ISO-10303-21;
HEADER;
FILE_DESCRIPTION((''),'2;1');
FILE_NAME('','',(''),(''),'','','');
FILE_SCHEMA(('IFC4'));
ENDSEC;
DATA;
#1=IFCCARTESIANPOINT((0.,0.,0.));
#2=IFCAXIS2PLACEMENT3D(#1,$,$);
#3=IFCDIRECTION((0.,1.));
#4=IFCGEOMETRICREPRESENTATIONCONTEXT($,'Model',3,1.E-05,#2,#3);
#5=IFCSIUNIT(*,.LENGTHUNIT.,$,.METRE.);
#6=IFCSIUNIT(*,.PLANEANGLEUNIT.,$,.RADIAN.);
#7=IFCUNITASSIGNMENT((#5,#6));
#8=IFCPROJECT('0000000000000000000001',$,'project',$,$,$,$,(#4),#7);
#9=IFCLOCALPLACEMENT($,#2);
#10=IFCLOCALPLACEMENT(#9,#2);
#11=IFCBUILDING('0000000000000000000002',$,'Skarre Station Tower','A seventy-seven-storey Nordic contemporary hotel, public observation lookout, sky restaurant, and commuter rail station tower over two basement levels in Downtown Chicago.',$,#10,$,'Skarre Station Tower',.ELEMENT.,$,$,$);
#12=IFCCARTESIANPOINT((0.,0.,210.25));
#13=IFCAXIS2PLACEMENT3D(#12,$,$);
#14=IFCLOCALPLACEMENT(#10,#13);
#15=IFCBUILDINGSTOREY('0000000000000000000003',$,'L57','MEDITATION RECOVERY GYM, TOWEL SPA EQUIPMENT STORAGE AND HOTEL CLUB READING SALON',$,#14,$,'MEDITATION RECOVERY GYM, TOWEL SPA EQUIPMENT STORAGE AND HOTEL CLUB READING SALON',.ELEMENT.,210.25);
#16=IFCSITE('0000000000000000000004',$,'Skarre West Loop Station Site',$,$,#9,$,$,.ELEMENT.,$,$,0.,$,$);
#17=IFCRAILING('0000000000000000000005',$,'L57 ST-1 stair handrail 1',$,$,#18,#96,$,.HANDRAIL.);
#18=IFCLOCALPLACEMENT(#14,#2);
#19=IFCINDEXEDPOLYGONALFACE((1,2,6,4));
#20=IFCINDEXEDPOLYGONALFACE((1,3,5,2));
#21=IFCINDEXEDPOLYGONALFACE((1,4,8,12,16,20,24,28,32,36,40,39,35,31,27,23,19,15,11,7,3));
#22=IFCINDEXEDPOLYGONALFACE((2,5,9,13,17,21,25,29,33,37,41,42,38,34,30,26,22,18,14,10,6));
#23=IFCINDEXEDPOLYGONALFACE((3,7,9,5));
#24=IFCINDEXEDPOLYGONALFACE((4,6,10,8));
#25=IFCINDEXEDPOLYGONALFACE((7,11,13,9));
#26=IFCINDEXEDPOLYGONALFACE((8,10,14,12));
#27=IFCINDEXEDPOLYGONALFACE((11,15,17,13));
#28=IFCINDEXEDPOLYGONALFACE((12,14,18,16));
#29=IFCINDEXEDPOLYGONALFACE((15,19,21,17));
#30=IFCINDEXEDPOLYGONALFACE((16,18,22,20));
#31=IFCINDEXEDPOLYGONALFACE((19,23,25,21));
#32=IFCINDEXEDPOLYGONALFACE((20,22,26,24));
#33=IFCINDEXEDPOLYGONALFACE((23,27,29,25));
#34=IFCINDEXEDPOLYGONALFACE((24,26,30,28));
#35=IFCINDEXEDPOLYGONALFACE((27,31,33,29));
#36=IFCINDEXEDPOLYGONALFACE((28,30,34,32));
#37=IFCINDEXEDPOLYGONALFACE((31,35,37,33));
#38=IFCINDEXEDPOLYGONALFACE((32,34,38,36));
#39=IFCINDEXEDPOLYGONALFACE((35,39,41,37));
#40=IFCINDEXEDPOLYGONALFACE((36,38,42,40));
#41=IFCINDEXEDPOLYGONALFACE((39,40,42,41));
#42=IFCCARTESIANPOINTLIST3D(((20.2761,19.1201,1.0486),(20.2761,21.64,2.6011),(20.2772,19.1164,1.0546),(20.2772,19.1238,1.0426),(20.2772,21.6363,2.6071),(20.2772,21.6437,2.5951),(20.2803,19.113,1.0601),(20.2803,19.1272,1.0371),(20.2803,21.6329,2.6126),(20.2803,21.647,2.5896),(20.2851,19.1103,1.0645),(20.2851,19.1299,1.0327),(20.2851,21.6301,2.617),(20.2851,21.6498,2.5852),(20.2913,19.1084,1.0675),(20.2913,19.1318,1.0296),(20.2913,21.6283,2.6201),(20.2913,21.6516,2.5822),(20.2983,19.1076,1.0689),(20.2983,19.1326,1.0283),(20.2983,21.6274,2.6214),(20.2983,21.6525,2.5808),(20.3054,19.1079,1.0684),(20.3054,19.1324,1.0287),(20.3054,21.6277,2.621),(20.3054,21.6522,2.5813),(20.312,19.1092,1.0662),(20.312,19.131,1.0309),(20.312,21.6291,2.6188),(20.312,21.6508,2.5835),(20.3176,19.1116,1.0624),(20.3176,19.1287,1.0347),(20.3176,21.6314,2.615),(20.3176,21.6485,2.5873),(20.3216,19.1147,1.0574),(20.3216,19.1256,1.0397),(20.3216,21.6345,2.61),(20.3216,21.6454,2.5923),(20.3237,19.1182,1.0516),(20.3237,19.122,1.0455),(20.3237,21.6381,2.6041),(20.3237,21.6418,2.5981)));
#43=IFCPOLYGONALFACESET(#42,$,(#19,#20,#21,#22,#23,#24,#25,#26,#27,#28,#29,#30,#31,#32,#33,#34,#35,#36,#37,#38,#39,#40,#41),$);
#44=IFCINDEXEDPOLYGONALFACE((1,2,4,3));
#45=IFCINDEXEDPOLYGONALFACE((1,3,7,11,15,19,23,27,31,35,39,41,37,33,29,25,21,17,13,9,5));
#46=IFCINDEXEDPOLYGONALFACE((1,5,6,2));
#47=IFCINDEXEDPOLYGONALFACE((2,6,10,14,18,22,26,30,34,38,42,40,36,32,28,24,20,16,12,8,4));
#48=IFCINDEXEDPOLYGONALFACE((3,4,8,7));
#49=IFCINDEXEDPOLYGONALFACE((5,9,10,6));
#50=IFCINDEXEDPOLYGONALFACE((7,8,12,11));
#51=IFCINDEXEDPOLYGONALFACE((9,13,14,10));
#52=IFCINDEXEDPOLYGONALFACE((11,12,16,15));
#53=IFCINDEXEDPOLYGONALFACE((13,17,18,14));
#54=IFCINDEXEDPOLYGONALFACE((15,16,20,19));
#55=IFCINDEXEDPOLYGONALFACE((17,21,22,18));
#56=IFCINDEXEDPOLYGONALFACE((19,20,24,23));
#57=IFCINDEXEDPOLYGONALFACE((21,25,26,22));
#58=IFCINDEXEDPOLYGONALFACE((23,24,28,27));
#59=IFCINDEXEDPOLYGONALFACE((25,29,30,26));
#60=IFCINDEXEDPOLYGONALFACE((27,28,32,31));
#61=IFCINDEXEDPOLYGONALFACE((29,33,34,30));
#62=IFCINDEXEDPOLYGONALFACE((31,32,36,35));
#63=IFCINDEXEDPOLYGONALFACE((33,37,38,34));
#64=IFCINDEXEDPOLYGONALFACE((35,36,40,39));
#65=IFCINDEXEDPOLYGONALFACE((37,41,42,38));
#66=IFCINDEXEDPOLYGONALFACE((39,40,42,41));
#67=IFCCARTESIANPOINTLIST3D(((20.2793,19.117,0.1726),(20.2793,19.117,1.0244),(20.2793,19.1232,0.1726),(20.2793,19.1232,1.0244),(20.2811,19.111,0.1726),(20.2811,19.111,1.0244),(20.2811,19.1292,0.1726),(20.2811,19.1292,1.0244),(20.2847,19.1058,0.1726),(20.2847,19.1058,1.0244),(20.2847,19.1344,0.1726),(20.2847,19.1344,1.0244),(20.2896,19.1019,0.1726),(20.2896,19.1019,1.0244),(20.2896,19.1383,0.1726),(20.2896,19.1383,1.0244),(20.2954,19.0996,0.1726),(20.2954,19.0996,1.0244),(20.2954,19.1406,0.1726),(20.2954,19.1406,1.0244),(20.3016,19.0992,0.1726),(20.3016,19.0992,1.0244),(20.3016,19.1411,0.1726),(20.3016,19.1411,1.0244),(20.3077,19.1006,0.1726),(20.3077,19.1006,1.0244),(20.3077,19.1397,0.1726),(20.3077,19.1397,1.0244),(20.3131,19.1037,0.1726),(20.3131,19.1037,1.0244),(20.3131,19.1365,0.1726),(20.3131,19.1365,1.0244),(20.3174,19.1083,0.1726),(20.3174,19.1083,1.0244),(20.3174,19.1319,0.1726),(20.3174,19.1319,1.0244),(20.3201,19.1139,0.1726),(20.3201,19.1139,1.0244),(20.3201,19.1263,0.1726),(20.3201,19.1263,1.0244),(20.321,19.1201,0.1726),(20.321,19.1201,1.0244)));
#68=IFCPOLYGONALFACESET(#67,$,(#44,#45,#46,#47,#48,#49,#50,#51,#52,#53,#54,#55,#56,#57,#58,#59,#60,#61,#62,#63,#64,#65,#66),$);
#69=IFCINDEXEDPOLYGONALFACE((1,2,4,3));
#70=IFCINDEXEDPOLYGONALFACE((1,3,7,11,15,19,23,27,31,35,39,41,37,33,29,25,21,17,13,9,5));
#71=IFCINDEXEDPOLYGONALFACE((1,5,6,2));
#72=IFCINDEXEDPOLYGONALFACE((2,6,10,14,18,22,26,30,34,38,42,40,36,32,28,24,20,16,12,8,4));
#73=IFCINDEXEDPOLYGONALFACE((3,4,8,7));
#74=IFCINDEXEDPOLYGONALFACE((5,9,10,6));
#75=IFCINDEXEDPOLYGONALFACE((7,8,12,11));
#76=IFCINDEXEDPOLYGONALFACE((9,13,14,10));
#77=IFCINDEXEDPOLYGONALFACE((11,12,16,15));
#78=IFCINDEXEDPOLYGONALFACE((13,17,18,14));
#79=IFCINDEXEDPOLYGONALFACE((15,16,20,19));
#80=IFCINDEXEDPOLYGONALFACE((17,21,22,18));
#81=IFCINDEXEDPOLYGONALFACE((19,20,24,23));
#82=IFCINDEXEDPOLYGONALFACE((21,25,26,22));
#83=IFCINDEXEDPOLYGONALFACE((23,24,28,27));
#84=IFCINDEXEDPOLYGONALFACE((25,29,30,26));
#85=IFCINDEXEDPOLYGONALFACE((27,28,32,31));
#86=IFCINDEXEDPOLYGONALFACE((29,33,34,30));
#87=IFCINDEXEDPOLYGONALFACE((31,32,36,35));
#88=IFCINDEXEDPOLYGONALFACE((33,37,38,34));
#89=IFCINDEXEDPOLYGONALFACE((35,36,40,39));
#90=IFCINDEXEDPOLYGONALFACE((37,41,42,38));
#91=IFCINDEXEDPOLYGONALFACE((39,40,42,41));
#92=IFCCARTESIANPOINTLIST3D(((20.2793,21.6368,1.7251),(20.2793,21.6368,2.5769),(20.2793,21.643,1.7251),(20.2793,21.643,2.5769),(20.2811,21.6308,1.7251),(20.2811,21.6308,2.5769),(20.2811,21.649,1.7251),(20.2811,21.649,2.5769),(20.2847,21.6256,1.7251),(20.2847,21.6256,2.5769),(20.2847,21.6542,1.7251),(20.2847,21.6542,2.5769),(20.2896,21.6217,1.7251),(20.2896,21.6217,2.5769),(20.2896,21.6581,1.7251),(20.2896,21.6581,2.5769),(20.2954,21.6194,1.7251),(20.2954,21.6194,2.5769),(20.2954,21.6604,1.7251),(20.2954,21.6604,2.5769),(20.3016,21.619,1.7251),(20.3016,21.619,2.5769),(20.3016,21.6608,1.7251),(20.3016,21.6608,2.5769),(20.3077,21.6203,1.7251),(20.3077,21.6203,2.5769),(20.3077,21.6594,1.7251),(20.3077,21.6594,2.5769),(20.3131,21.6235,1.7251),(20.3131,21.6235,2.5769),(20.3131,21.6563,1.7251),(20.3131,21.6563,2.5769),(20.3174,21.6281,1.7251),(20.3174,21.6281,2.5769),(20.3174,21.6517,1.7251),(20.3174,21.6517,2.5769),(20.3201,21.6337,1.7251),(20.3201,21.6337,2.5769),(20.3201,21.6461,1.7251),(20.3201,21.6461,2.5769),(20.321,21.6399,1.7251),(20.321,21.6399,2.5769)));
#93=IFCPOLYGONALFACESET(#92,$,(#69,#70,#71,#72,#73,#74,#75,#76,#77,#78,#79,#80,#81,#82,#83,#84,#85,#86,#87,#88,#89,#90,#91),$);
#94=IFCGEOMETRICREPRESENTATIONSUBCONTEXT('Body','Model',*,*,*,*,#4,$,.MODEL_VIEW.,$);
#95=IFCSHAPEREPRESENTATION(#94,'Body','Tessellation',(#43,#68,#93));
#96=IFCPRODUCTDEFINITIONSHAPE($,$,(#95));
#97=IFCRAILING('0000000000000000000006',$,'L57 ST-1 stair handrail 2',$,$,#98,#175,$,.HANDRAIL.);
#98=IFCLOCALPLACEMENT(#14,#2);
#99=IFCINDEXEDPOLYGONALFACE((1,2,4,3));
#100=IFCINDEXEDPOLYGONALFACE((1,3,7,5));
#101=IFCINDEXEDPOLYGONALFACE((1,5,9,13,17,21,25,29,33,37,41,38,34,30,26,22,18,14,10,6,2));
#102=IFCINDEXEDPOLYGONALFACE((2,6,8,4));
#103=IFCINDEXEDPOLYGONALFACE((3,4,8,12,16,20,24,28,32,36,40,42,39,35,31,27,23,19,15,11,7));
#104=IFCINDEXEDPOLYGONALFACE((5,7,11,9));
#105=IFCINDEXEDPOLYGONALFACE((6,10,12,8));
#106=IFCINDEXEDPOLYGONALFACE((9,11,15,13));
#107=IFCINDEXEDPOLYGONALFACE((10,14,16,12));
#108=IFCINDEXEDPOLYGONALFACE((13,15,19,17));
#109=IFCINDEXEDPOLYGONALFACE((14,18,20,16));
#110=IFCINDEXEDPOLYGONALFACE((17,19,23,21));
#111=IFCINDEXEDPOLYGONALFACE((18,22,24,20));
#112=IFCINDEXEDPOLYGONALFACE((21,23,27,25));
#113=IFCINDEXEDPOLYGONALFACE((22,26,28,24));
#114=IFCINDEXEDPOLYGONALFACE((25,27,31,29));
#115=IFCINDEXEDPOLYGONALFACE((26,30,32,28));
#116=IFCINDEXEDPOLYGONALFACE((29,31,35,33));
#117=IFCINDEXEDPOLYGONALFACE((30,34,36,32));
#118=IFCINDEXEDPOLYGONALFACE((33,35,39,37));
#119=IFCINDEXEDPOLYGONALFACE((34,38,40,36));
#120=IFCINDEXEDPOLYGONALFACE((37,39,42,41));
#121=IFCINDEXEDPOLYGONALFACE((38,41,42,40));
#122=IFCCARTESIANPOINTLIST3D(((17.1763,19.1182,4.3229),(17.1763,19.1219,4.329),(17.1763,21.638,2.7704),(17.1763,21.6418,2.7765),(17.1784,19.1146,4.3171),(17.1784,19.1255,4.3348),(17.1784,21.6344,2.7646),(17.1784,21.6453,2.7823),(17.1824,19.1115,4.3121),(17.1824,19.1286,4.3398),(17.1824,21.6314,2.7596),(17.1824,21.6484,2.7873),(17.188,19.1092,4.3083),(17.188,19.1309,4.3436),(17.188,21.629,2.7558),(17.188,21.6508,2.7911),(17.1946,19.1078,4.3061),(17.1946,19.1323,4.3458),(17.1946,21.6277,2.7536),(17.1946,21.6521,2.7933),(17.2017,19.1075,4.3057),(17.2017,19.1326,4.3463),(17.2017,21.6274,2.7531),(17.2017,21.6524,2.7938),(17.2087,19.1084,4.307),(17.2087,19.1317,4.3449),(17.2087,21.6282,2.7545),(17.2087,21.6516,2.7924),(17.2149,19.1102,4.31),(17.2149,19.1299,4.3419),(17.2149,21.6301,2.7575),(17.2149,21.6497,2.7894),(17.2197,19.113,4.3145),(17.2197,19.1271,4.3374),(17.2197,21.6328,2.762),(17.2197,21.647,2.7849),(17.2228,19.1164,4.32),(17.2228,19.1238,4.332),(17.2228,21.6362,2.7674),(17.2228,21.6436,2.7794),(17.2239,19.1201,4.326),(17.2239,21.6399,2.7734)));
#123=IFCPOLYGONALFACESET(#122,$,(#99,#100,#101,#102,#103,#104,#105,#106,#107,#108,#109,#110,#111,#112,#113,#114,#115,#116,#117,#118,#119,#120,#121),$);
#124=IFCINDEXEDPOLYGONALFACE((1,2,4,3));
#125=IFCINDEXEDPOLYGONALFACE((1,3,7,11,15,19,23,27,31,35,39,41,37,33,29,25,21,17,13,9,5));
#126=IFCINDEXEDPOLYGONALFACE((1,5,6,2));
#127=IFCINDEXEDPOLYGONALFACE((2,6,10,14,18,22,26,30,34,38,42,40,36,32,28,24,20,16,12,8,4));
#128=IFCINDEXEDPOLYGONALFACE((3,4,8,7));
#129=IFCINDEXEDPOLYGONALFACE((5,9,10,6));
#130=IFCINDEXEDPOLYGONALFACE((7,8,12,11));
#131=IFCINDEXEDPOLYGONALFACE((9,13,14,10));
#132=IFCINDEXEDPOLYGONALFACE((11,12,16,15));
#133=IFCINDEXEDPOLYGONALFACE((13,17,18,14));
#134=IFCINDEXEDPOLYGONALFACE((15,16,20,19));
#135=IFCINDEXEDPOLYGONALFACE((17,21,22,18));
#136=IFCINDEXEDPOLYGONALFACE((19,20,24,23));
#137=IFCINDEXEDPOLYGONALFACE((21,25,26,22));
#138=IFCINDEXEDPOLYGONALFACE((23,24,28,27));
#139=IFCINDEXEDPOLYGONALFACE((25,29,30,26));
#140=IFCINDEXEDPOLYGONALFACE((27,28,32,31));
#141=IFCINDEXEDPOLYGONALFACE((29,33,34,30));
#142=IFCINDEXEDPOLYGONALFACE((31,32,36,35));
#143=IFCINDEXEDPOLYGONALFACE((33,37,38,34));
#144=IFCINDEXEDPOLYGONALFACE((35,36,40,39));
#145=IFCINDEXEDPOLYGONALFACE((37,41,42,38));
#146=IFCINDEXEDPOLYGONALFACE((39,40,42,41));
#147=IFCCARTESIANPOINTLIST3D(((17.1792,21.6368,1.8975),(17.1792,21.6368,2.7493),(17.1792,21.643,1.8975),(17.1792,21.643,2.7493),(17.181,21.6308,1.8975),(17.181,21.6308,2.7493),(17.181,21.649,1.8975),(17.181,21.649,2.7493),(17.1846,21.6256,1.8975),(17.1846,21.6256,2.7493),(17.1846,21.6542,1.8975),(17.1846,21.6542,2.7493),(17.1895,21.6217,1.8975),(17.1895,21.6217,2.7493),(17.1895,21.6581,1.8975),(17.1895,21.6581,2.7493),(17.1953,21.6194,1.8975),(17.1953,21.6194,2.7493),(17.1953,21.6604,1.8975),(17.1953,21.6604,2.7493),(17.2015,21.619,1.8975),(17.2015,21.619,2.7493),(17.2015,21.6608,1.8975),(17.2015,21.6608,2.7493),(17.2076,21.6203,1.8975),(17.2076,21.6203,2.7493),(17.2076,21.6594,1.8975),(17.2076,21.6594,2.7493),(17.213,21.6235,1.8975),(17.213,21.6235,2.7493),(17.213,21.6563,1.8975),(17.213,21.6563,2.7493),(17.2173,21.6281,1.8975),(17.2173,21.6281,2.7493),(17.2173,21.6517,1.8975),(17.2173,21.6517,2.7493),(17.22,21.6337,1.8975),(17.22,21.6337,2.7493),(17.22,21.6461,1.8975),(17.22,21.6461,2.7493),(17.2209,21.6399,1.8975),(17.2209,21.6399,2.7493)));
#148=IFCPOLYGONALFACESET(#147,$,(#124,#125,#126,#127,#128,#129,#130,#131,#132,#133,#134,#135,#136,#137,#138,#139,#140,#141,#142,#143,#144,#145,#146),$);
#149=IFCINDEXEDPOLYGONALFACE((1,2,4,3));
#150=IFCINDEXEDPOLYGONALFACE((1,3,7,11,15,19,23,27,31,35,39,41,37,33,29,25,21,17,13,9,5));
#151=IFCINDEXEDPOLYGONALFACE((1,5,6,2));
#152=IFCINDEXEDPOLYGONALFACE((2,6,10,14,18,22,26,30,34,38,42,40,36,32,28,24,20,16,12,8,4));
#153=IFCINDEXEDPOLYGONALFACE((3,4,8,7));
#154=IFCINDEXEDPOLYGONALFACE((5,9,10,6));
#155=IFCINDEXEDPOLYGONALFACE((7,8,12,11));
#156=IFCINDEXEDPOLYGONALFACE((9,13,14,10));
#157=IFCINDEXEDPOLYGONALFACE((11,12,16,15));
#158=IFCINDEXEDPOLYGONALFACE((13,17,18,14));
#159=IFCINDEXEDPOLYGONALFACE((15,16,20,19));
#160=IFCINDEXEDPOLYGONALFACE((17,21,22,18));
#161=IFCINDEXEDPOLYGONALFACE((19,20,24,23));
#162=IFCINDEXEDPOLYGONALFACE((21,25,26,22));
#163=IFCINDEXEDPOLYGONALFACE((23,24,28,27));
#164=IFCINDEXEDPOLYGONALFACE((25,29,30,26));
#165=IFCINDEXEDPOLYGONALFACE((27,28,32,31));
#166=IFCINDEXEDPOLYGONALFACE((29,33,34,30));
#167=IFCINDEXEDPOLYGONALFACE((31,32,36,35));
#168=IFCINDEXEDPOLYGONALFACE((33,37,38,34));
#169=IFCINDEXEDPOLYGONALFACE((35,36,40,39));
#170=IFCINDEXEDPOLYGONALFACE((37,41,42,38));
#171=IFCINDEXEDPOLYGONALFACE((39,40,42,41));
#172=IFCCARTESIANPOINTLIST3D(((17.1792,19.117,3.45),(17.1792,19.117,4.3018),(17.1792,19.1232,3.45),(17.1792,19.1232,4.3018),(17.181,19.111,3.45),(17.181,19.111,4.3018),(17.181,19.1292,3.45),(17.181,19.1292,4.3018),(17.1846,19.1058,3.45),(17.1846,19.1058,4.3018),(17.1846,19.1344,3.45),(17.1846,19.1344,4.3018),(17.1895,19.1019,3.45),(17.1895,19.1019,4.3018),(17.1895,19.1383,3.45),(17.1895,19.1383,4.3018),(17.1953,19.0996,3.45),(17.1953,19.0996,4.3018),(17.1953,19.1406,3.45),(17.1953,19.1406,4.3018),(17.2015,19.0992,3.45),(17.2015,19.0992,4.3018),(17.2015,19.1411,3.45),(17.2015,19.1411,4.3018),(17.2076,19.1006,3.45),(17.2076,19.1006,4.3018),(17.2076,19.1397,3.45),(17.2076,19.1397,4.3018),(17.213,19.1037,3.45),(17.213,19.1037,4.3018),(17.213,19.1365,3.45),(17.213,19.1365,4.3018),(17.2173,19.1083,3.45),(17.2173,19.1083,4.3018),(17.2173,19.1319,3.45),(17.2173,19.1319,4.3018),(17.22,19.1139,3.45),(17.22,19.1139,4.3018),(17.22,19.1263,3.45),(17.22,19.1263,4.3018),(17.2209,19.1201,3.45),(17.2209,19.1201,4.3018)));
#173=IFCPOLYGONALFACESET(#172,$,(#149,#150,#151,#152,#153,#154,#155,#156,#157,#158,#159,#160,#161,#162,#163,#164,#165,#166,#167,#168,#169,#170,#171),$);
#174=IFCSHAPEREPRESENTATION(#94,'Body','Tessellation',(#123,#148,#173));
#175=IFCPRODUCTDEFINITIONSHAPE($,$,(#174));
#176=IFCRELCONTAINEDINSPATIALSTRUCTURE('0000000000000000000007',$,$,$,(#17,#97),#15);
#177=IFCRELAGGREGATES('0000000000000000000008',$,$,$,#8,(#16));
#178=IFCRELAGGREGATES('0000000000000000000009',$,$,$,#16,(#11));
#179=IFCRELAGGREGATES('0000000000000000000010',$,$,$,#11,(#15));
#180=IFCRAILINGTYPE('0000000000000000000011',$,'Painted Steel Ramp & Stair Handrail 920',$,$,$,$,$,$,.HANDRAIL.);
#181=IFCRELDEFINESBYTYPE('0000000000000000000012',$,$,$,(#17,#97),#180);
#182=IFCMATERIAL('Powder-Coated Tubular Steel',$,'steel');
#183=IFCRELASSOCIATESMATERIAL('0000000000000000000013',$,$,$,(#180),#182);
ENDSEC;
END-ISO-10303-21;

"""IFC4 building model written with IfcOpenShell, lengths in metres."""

from ifc_helpers import new_model, si_unit, direction, frame, origin, origin_2d, place, context, subcontext, project, spatial, circle, extrude, material, type_object, element, save


model = new_model("IFC4")

# Units and contexts
model_context = context("Model", 3, precision=1e-05, world=origin(), true_north=direction((0.0, 1.0)))
body_context = subcontext(model_context, "Body", "Model", "MODEL_VIEW")
ifc_project = project(units=[si_unit("LENGTHUNIT", "METRE"), si_unit("PLANEANGLEUNIT", "RADIAN")], contexts=[model_context])

# Site, building, storey
site_placement = place(None, origin())
site = spatial("IfcSite", under=ifc_project, at=site_placement, Name="Skarre West Loop Station Site", CompositionType="ELEMENT", RefElevation=0.0)
building_placement = place(site_placement, origin())
building = spatial("IfcBuilding", under=site, at=building_placement, Name="Skarre Station Tower", Description="A seventy-seven-storey Nordic contemporary hotel, public observation lookout, sky restaurant, and commuter rail station tower over two basement levels in Downtown Chicago.", LongName="Skarre Station Tower", CompositionType="ELEMENT")
storey_placement = place(building_placement, frame((0.0, 0.0, 210.25)))
storey = spatial("IfcBuildingStorey", under=building, at=storey_placement, Name="L57", Description="MEDITATION RECOVERY GYM, TOWEL SPA EQUIPMENT STORAGE AND HOTEL CLUB READING SALON", LongName="MEDITATION RECOVERY GYM, TOWEL SPA EQUIPMENT STORAGE AND HOTEL CLUB READING SALON", CompositionType="ELEMENT", Elevation=210.25)

# Railings
ifc_material_1 = material(Name="Powder-Coated Tubular Steel", Category="steel")
railing_type_1 = type_object("IfcRailingType", Name="Painted Steel Ramp & Stair Handrail 920", PredefinedType="HANDRAIL", material=ifc_material_1)
railing_1_placement = place(storey_placement, frame((20.3, 19.1201, 0.1726)))
element("IfcRailing", 1, at=railing_1_placement, inside=storey, type_object=railing_type_1, Name="L57 ST-1 stair handrail 1", PredefinedType="HANDRAIL", context=body_context, shape_type="SweptSolid", body=[
    extrude(circle(Radius=0.0239, at=origin_2d()), frame((0.0, 0.0, 0.876), z_axis=(0.0, 0.851378, 0.524553), x_axis=(-1.0, 0.0, 0.0)), (0.0, 0.0, 1.0), 2.9597),
    extrude(circle(Radius=0.021, at=origin_2d()), origin(), (0.0, 0.0, 1.0), 0.8518),
    extrude(circle(Radius=0.021, at=origin_2d()), frame((0.0, 2.5198, 1.5525)), (0.0, 0.0, 1.0), 0.8518),
])
railing_2_placement = place(storey_placement, frame((17.2, 21.6399, 1.8975)))
element("IfcRailing", 2, at=railing_2_placement, inside=storey, type_object=railing_type_1, Name="L57 ST-1 stair handrail 2", PredefinedType="HANDRAIL", context=body_context, shape_type="SweptSolid", body=[
    extrude(circle(Radius=0.0239, at=origin_2d()), frame((0.0, 0.0, 0.876), z_axis=(0.0, -0.851378, 0.524553), x_axis=(1.0, 0.0, 0.0)), (0.0, 0.0, 1.0), 2.9597),
    extrude(circle(Radius=0.021, at=origin_2d()), origin(), (0.0, 0.0, 1.0), 0.8518),
    extrude(circle(Radius=0.021, at=origin_2d()), frame((0.0, -2.5198, 1.5525)), (0.0, 0.0, 1.0), 0.8518),
])

save(model, "model.ifc")
